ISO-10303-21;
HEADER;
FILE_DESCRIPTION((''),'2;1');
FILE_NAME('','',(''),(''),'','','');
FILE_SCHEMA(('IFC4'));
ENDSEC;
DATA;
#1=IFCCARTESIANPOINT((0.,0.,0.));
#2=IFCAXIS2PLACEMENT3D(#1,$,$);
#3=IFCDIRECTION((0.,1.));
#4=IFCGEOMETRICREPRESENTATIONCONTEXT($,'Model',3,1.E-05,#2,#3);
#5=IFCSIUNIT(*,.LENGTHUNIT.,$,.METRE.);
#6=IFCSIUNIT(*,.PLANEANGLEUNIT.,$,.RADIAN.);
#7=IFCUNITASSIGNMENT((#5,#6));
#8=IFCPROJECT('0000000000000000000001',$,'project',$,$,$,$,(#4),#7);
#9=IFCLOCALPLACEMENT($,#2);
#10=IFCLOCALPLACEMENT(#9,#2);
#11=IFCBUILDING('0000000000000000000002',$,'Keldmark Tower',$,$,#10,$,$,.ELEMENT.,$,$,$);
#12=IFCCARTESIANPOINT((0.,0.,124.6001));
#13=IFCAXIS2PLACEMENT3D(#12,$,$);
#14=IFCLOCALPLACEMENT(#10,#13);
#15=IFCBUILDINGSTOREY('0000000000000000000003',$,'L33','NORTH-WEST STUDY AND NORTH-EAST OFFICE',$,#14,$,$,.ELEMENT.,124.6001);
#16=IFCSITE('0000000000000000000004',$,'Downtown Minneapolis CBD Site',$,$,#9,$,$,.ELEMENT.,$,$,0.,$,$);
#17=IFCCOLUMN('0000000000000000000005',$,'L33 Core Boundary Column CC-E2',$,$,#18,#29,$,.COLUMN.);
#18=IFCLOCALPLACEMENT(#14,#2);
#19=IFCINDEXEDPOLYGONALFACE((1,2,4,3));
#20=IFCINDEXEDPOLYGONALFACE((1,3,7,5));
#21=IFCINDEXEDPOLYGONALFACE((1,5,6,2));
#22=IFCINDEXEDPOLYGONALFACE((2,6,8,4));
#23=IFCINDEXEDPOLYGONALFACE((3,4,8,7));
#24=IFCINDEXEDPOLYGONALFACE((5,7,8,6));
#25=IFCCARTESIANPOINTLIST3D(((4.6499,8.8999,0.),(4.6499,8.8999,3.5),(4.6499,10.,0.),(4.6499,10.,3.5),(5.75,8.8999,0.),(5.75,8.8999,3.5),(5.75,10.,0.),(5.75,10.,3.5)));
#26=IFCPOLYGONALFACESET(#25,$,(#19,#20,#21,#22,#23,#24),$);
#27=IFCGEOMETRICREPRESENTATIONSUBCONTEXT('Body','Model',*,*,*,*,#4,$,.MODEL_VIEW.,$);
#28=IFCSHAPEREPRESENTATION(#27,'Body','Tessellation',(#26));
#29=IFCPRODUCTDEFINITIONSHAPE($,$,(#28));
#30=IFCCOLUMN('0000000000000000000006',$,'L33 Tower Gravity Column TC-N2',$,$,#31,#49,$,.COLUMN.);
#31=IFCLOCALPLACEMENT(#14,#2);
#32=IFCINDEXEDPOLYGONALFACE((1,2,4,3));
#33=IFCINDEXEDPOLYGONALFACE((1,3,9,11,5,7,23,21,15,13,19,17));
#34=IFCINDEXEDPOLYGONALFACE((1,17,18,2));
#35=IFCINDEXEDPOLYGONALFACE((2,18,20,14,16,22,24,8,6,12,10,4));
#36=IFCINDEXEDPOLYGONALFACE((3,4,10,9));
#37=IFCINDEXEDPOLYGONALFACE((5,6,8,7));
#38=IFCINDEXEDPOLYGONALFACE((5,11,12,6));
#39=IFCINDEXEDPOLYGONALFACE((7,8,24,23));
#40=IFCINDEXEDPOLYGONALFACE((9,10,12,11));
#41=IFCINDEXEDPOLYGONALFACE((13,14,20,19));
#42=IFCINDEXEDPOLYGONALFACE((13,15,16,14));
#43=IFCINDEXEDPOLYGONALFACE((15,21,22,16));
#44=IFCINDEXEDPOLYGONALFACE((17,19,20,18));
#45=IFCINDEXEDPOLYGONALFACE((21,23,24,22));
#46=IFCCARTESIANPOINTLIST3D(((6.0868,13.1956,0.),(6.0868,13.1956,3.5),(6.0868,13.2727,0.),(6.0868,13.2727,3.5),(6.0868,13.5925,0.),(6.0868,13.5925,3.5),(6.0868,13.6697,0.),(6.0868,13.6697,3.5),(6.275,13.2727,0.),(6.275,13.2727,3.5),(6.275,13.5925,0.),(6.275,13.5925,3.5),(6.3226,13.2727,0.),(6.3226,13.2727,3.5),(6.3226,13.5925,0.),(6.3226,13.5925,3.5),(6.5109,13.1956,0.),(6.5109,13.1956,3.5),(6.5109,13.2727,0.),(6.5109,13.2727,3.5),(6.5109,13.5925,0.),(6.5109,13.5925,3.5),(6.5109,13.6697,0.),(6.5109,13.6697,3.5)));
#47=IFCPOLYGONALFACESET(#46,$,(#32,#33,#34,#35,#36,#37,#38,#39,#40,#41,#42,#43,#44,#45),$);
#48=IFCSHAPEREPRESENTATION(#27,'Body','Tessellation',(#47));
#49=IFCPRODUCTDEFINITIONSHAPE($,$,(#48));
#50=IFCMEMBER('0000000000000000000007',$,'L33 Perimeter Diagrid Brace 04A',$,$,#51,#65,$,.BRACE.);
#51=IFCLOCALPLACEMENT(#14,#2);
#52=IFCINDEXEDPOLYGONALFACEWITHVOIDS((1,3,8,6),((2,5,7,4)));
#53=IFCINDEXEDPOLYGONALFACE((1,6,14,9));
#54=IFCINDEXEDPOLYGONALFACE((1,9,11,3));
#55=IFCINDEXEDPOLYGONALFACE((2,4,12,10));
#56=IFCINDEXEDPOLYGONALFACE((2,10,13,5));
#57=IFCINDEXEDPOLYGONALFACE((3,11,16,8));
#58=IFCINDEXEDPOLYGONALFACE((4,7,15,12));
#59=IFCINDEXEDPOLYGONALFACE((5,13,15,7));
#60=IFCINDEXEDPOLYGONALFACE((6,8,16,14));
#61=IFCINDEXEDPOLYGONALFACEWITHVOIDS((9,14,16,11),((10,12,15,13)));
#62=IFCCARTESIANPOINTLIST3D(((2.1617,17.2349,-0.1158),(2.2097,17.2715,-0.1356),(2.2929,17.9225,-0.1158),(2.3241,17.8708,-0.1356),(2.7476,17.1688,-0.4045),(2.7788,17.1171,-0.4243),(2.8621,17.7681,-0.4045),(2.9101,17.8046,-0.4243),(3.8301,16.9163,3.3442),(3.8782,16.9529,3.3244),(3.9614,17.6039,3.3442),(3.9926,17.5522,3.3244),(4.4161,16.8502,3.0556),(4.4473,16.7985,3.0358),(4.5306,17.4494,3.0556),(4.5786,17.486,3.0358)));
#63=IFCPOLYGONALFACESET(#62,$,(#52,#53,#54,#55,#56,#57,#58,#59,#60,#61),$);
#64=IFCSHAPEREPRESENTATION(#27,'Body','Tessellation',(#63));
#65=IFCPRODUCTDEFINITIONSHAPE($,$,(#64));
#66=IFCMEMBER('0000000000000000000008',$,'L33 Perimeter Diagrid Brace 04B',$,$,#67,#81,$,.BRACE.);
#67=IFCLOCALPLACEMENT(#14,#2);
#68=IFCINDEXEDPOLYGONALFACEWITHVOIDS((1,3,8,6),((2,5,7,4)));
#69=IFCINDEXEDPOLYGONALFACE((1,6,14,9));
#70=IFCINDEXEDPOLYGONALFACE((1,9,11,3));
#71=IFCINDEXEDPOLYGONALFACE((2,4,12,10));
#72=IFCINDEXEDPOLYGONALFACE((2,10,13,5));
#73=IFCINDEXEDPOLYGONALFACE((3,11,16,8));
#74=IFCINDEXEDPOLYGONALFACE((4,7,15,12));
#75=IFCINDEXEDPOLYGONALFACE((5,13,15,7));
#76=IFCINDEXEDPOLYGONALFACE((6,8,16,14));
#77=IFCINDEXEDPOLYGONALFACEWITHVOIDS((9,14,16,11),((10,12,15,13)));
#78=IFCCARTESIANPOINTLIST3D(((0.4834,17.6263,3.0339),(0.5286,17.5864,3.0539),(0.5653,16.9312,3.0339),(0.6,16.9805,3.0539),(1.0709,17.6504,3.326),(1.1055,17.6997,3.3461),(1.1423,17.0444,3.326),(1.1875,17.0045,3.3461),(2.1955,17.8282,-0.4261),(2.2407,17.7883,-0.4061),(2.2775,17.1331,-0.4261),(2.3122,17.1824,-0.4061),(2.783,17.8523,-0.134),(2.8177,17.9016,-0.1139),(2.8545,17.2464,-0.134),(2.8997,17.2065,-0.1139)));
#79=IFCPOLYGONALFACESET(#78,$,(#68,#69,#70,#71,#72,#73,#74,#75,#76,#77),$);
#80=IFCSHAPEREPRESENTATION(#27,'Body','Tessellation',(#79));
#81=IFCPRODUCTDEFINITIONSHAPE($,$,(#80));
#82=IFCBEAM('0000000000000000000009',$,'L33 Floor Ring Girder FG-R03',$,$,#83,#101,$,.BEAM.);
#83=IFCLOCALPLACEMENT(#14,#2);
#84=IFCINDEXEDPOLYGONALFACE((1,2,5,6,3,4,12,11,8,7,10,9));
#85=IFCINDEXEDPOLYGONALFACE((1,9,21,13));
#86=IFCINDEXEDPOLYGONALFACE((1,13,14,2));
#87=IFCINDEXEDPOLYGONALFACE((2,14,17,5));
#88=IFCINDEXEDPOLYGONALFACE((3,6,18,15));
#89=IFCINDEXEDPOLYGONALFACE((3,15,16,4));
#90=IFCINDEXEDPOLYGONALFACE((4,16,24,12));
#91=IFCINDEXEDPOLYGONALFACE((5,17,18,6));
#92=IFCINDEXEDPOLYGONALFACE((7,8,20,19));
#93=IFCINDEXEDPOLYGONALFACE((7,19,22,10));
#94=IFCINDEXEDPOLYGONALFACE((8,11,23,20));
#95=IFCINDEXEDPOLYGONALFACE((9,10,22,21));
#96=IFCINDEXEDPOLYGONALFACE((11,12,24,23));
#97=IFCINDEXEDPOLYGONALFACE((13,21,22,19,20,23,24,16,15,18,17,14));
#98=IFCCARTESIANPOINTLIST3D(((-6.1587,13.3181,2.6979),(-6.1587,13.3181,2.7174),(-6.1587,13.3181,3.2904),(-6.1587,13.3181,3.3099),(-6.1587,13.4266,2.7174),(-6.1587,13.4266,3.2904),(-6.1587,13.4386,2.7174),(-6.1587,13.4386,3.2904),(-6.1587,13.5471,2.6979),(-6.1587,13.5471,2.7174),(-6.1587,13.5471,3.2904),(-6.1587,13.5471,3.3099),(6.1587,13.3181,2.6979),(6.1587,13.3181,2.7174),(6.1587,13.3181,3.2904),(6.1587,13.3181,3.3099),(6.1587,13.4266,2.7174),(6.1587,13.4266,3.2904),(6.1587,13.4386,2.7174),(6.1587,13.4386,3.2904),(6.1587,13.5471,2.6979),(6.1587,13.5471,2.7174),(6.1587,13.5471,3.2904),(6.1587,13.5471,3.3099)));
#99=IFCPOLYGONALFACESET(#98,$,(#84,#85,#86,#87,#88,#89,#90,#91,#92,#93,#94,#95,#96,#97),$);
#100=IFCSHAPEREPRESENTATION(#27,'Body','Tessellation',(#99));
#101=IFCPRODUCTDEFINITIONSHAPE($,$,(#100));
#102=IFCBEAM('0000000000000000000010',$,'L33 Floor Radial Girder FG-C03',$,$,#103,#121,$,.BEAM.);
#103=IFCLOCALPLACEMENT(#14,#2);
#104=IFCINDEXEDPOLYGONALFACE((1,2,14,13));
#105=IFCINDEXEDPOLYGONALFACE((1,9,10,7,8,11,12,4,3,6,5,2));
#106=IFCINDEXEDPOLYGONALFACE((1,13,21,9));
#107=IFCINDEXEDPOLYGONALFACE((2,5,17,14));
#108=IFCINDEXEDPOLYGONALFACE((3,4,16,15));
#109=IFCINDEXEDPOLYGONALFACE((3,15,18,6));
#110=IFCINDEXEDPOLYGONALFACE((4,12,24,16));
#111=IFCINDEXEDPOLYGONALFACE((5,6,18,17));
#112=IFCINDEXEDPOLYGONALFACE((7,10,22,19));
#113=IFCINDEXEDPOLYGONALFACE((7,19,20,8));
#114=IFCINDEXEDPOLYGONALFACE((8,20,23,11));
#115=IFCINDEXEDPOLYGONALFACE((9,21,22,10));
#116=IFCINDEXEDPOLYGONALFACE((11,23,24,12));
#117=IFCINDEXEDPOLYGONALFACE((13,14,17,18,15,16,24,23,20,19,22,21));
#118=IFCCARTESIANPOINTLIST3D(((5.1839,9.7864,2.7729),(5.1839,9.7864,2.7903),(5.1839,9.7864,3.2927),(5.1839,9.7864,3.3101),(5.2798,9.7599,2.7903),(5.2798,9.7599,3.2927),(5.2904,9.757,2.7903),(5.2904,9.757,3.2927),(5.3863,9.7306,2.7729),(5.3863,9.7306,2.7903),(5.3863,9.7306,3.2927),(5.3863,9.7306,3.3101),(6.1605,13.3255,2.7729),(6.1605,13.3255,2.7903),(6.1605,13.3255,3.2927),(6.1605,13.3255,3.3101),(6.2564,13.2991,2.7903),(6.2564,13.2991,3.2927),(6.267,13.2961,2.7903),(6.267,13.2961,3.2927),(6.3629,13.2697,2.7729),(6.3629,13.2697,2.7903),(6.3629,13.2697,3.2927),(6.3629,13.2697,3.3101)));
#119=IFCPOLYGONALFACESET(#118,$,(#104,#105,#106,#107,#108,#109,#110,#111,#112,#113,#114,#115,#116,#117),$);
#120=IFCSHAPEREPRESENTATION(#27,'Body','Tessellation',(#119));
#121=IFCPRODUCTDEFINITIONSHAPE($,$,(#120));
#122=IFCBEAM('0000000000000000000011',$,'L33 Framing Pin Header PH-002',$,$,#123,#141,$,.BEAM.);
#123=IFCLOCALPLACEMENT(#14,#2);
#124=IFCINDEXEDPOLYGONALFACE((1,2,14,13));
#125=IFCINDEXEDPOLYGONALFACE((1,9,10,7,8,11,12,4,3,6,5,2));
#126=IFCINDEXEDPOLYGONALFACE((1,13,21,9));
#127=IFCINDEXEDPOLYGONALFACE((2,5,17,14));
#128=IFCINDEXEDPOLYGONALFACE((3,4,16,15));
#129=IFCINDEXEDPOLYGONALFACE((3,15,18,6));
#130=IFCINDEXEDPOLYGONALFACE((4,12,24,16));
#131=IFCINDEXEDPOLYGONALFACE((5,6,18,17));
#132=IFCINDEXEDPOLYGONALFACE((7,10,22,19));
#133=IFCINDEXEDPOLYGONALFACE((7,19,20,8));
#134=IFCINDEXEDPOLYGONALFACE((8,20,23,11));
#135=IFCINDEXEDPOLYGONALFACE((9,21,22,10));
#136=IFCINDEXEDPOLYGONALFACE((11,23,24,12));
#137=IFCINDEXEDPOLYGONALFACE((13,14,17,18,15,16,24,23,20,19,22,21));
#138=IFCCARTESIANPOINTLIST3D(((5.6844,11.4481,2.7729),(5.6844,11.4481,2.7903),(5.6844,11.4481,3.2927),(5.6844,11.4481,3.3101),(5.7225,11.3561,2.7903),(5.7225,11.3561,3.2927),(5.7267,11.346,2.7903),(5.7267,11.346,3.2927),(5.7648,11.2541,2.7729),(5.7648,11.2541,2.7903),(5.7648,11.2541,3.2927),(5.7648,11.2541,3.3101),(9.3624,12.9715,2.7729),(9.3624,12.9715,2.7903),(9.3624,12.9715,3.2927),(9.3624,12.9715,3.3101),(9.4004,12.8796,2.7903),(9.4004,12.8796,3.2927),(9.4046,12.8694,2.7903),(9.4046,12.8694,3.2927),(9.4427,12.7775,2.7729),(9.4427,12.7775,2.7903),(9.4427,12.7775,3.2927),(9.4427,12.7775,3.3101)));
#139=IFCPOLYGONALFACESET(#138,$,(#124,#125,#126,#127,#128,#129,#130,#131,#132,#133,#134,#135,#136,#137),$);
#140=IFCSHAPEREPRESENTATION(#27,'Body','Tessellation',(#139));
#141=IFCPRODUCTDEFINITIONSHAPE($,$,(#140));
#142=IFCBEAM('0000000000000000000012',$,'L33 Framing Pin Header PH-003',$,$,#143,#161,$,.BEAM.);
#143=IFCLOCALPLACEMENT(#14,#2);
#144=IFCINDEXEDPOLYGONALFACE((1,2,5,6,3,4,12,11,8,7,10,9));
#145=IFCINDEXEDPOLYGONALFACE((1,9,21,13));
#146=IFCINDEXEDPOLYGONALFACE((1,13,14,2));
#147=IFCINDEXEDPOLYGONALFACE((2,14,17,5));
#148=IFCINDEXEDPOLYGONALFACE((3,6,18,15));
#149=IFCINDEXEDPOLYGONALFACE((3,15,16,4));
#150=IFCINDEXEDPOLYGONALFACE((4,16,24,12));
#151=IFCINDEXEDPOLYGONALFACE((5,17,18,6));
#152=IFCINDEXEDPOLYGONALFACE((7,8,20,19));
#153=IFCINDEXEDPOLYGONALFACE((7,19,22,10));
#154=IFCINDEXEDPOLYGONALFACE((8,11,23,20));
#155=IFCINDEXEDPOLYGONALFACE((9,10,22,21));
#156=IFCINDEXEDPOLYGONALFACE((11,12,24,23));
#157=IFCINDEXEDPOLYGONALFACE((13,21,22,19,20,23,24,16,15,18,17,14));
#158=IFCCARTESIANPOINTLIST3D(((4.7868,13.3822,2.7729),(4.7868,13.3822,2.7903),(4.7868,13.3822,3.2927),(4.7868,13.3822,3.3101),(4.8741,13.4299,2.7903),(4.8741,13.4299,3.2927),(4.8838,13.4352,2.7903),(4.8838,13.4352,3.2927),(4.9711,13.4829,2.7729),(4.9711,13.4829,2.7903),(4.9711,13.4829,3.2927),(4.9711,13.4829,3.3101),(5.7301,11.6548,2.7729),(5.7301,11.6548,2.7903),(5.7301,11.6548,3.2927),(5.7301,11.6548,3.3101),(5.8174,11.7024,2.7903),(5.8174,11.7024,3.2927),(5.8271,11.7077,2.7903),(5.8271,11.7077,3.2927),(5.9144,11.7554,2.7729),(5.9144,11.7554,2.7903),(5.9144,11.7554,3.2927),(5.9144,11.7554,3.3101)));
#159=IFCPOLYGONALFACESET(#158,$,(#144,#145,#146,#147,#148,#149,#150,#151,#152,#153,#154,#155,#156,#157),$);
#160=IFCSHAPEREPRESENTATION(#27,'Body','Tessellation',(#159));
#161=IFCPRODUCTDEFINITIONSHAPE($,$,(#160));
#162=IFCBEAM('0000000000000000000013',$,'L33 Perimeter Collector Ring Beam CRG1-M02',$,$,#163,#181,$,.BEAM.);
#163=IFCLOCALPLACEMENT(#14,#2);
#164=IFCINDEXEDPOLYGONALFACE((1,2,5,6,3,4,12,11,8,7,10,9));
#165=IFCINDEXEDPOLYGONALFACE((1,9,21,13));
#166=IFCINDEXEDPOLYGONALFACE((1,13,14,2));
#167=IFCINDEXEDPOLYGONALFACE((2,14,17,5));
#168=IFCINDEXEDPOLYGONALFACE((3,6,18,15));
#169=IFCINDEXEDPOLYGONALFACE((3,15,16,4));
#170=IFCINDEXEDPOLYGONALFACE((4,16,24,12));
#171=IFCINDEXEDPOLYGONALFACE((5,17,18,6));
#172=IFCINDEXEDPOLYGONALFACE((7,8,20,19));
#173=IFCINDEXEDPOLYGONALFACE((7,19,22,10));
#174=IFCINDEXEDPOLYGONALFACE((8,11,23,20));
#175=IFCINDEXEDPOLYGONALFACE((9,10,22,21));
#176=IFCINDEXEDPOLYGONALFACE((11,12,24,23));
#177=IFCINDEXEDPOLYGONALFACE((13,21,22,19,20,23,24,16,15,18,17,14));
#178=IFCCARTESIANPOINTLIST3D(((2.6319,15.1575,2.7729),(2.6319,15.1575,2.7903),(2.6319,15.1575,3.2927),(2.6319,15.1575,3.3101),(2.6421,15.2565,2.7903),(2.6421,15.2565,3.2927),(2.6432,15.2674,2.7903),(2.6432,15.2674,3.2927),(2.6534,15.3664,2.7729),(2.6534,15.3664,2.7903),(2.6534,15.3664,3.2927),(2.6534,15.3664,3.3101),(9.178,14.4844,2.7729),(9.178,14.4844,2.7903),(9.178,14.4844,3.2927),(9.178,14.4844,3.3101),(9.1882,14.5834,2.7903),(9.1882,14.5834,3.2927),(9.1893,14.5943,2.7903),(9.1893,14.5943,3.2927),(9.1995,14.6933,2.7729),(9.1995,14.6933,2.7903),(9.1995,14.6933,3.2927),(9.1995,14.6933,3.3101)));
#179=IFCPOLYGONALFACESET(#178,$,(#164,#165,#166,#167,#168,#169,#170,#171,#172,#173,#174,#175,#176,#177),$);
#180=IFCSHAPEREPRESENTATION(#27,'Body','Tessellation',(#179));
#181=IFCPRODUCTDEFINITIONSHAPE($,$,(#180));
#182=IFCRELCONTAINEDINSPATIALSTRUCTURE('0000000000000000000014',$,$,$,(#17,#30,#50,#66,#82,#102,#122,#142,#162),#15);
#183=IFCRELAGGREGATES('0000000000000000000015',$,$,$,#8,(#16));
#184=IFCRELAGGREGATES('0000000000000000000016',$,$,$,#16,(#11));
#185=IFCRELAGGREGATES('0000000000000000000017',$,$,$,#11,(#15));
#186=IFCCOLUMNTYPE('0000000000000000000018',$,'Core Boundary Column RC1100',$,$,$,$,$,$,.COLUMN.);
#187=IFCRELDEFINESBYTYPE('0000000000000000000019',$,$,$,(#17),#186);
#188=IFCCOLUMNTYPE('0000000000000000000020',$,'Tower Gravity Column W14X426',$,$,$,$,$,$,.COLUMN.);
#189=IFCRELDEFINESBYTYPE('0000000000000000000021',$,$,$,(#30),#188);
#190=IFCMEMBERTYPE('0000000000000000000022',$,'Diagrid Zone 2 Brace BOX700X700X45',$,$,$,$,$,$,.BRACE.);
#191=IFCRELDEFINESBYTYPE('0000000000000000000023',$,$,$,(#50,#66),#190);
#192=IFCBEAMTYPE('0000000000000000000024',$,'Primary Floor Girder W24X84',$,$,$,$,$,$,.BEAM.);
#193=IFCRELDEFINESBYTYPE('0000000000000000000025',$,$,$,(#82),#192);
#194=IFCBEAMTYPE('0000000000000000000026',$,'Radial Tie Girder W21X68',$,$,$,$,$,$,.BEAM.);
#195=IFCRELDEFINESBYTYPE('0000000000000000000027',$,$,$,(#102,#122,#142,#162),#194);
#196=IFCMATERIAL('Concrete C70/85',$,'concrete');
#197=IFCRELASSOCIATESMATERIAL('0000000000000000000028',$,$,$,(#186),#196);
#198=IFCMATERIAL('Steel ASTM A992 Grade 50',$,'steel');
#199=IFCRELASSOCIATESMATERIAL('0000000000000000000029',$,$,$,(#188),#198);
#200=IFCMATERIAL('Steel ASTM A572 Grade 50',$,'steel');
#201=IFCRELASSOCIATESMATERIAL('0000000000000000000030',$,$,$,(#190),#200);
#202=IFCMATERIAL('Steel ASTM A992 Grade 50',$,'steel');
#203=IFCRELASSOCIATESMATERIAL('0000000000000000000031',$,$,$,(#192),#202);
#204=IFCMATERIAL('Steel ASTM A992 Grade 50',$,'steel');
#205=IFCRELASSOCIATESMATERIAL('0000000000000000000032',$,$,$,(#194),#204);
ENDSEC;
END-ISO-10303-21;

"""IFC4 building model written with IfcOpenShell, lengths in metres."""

from ifc_helpers import new_model, si_unit, direction, frame, origin, origin_2d, place, context, subcontext, project, spatial, rectangle, hollow_rectangle, i_section, extrude, material, material_profile, profile_set, type_object, element, save


model = new_model("IFC4")

# Units and contexts
model_context = context("Model", 3, precision=1e-05, world=origin(), true_north=direction((0.0, 1.0)))
body_context = subcontext(model_context, "Body", "Model", "MODEL_VIEW")
ifc_project = project(units=[si_unit("LENGTHUNIT", "METRE"), si_unit("PLANEANGLEUNIT", "RADIAN")], contexts=[model_context])

# Site, building, storey
site_placement = place(None, origin())
site = spatial("IfcSite", under=ifc_project, at=site_placement, Name="Downtown Minneapolis CBD Site", CompositionType="ELEMENT", RefElevation=0.0)
building_placement = place(site_placement, origin())
building = spatial("IfcBuilding", under=site, at=building_placement, Name="Keldmark Tower", CompositionType="ELEMENT")
storey_placement = place(building_placement, frame((0.0, 0.0, 124.6001)))
storey = spatial("IfcBuildingStorey", under=building, at=storey_placement, Name="L33", Description="NORTH-WEST STUDY AND NORTH-EAST OFFICE", CompositionType="ELEMENT", Elevation=124.6001)

# Columns
ifc_material_1 = material(Name="Concrete C70/85", Category="concrete")
ifc_material_profile_1 = material_profile(ifc_material_1, rectangle(XDim=1.1001, YDim=1.1001, at=origin_2d()), Name="RC1100X1100")
ifc_profile_set_1 = profile_set([ifc_material_profile_1], Name="Concrete C70/85")
column_type_1 = type_object("IfcColumnType", Name="Core Boundary Column RC1100", PredefinedType="COLUMN", material=ifc_profile_set_1)
column_1_placement = place(storey_placement, frame((5.2, 9.45, 0.0), z_axis=(0.0, 0.0, 1.0), x_axis=(1.0, 0.0, 0.0)))
element("IfcColumn", 1, at=column_1_placement, inside=storey, type_object=column_type_1, Name="L33 Core Boundary Column CC-E2", PredefinedType="COLUMN", context=body_context, shape_type="SweptSolid", body=[
    extrude(rectangle(XDim=1.1001, YDim=1.1001, at=origin_2d()), origin(), (0.0, 0.0, 1.0), 3.5),
])
ifc_material_2 = material(Name="Steel ASTM A992 Grade 50", Category="steel")
ifc_material_profile_2 = material_profile(ifc_material_2, i_section(OverallWidth=0.4241, OverallDepth=0.4741, WebThickness=0.0476, FlangeThickness=0.0771, at=origin_2d()), Name="W14X426")
ifc_profile_set_2 = profile_set([ifc_material_profile_2], Name="Steel ASTM A992 Grade 50")
column_type_2 = type_object("IfcColumnType", Name="Tower Gravity Column W14X426", PredefinedType="COLUMN", material=ifc_profile_set_2)
column_2_placement = place(storey_placement, frame((6.2988, 13.4326, 0.0), z_axis=(0.0, 0.0, 1.0), x_axis=(1.0, 0.0, 0.0)))
element("IfcColumn", 2, at=column_2_placement, inside=storey, type_object=column_type_2, Name="L33 Tower Gravity Column TC-N2", PredefinedType="COLUMN", context=body_context, shape_type="SweptSolid", body=[
    extrude(i_section(OverallWidth=0.4241, OverallDepth=0.4741, WebThickness=0.0476, FlangeThickness=0.0771, at=origin_2d()), origin(), (0.0, 0.0, 1.0), 3.5),
])

# Members
ifc_material_3 = material(Name="Steel ASTM A572 Grade 50", Category="steel")
ifc_material_profile_3 = material_profile(ifc_material_3, hollow_rectangle(XDim=0.7, YDim=0.7, WallThickness=0.0449, at=origin_2d()), Name="BOX700X700X45")
ifc_profile_set_3 = profile_set([ifc_material_profile_3], Name="Steel ASTM A572 Grade 50")
member_type = type_object("IfcMemberType", Name="Diagrid Zone 2 Brace BOX700X700X45", PredefinedType="BRACE", material=ifc_profile_set_3)
member_1_placement = place(storey_placement, frame((2.5359, 17.5198, -0.27), z_axis=(0.432868, -0.082659, 0.89766), x_axis=(0.187568, 0.982252, 0.0)))
element("IfcMember", 3, at=member_1_placement, inside=storey, type_object=member_type, Name="L33 Perimeter Diagrid Brace 04A", PredefinedType="BRACE", context=body_context, shape_type="SweptSolid", body=[
    extrude(hollow_rectangle(XDim=0.7, YDim=0.7, WallThickness=0.0449, at=origin_2d()), origin(), (0.0, 0.0, 1.0), 3.8545),
])
member_2_placement = place(storey_placement, frame((2.5476, 17.5173, -0.27), z_axis=(-0.442911, -0.05223, 0.895043), x_axis=(0.117112, -0.993119, 0.0)))
element("IfcMember", 4, at=member_2_placement, inside=storey, type_object=member_type, Name="L33 Perimeter Diagrid Brace 04B", PredefinedType="BRACE", context=body_context, shape_type="SweptSolid", body=[
    extrude(hollow_rectangle(XDim=0.7, YDim=0.7, WallThickness=0.0449, at=origin_2d()), origin(), (0.0, 0.0, 1.0), 3.8657),
])

# Beams
ifc_material_4 = material(Name="Steel ASTM A992 Grade 50", Category="steel")
ifc_material_profile_4 = material_profile(ifc_material_4, i_section(OverallWidth=0.229, OverallDepth=0.6121, WebThickness=0.012, FlangeThickness=0.0195, at=origin_2d()), Name="W24X84")
ifc_profile_set_4 = profile_set([ifc_material_profile_4], Name="Steel ASTM A992 Grade 50")
beam_type_1 = type_object("IfcBeamType", Name="Primary Floor Girder W24X84", PredefinedType="BEAM", material=ifc_profile_set_4)
beam_1_placement = place(storey_placement, frame((6.1587, 13.4326, 3.0039), z_axis=(-1.0, 0.0, 0.0), x_axis=(0.0, -1.0, 0.0)))
element("IfcBeam", 5, at=beam_1_placement, inside=storey, type_object=beam_type_1, Name="L33 Floor Ring Girder FG-R03", PredefinedType="BEAM", context=body_context, shape_type="SweptSolid", body=[
    extrude(i_section(OverallWidth=0.229, OverallDepth=0.6121, WebThickness=0.012, FlangeThickness=0.0195, at=origin_2d()), origin(), (0.0, 0.0, 1.0), 12.3174),
])
ifc_material_5 = material(Name="Steel ASTM A992 Grade 50", Category="steel")
ifc_material_profile_5 = material_profile(ifc_material_5, i_section(OverallWidth=0.21, OverallDepth=0.5371, WebThickness=0.011, FlangeThickness=0.0173, at=origin_2d()), Name="W21X68")
ifc_profile_set_5 = profile_set([ifc_material_profile_5], Name="Steel ASTM A992 Grade 50")
beam_type_2 = type_object("IfcBeamType", Name="Radial Tie Girder W21X68", PredefinedType="BEAM", material=ifc_profile_set_5)
beam_2_placement = place(storey_placement, frame((6.2617, 13.2976, 3.0415), z_axis=(-0.265997, -0.963974, 0.0), x_axis=(0.963974, -0.265997, 0.0)))
element("IfcBeam", 6, at=beam_2_placement, inside=storey, type_object=beam_type_2, Name="L33 Floor Radial Girder FG-C03", PredefinedType="BEAM", context=body_context, shape_type="SweptSolid", body=[
    extrude(i_section(OverallWidth=0.21, OverallDepth=0.5371, WebThickness=0.011, FlangeThickness=0.0173, at=origin_2d()), origin(), (0.0, 0.0, 1.0), 3.6714),
])
beam_3_placement = place(storey_placement, frame((5.7246, 11.3511, 3.0415), z_axis=(0.923882, 0.382677, 0.0), x_axis=(-0.382677, 0.923882, 0.0)))
element("IfcBeam", 7, at=beam_3_placement, inside=storey, type_object=beam_type_2, Name="L33 Framing Pin Header PH-002", PredefinedType="BEAM", context=body_context, shape_type="SweptSolid", body=[
    extrude(i_section(OverallWidth=0.21, OverallDepth=0.5371, WebThickness=0.011, FlangeThickness=0.0173, at=origin_2d()), origin(), (0.0, 0.0, 1.0), 3.981),
])
beam_4_placement = place(storey_placement, frame((5.8223, 11.7051, 3.0415), z_axis=(-0.479269, 0.877668, 0.0), x_axis=(-0.877668, -0.479269, 0.0)))
element("IfcBeam", 8, at=beam_4_placement, inside=storey, type_object=beam_type_2, Name="L33 Framing Pin Header PH-003", PredefinedType="BEAM", context=body_context, shape_type="SweptSolid", body=[
    extrude(i_section(OverallWidth=0.21, OverallDepth=0.5371, WebThickness=0.011, FlangeThickness=0.0173, at=origin_2d()), origin(), (0.0, 0.0, 1.0), 1.9683),
])
beam_5_placement = place(storey_placement, frame((9.1887, 14.5889, 3.0415), z_axis=(-0.994755, 0.102284, 0.0), x_axis=(-0.102284, -0.994755, 0.0)))
element("IfcBeam", 9, at=beam_5_placement, inside=storey, type_object=beam_type_2, Name="L33 Perimeter Collector Ring Beam CRG1-M02", PredefinedType="BEAM", context=body_context, shape_type="SweptSolid", body=[
    extrude(i_section(OverallWidth=0.21, OverallDepth=0.5371, WebThickness=0.011, FlangeThickness=0.0173, at=origin_2d()), origin(), (0.0, 0.0, 1.0), 6.5806),
])

save(model, "model.ifc")
